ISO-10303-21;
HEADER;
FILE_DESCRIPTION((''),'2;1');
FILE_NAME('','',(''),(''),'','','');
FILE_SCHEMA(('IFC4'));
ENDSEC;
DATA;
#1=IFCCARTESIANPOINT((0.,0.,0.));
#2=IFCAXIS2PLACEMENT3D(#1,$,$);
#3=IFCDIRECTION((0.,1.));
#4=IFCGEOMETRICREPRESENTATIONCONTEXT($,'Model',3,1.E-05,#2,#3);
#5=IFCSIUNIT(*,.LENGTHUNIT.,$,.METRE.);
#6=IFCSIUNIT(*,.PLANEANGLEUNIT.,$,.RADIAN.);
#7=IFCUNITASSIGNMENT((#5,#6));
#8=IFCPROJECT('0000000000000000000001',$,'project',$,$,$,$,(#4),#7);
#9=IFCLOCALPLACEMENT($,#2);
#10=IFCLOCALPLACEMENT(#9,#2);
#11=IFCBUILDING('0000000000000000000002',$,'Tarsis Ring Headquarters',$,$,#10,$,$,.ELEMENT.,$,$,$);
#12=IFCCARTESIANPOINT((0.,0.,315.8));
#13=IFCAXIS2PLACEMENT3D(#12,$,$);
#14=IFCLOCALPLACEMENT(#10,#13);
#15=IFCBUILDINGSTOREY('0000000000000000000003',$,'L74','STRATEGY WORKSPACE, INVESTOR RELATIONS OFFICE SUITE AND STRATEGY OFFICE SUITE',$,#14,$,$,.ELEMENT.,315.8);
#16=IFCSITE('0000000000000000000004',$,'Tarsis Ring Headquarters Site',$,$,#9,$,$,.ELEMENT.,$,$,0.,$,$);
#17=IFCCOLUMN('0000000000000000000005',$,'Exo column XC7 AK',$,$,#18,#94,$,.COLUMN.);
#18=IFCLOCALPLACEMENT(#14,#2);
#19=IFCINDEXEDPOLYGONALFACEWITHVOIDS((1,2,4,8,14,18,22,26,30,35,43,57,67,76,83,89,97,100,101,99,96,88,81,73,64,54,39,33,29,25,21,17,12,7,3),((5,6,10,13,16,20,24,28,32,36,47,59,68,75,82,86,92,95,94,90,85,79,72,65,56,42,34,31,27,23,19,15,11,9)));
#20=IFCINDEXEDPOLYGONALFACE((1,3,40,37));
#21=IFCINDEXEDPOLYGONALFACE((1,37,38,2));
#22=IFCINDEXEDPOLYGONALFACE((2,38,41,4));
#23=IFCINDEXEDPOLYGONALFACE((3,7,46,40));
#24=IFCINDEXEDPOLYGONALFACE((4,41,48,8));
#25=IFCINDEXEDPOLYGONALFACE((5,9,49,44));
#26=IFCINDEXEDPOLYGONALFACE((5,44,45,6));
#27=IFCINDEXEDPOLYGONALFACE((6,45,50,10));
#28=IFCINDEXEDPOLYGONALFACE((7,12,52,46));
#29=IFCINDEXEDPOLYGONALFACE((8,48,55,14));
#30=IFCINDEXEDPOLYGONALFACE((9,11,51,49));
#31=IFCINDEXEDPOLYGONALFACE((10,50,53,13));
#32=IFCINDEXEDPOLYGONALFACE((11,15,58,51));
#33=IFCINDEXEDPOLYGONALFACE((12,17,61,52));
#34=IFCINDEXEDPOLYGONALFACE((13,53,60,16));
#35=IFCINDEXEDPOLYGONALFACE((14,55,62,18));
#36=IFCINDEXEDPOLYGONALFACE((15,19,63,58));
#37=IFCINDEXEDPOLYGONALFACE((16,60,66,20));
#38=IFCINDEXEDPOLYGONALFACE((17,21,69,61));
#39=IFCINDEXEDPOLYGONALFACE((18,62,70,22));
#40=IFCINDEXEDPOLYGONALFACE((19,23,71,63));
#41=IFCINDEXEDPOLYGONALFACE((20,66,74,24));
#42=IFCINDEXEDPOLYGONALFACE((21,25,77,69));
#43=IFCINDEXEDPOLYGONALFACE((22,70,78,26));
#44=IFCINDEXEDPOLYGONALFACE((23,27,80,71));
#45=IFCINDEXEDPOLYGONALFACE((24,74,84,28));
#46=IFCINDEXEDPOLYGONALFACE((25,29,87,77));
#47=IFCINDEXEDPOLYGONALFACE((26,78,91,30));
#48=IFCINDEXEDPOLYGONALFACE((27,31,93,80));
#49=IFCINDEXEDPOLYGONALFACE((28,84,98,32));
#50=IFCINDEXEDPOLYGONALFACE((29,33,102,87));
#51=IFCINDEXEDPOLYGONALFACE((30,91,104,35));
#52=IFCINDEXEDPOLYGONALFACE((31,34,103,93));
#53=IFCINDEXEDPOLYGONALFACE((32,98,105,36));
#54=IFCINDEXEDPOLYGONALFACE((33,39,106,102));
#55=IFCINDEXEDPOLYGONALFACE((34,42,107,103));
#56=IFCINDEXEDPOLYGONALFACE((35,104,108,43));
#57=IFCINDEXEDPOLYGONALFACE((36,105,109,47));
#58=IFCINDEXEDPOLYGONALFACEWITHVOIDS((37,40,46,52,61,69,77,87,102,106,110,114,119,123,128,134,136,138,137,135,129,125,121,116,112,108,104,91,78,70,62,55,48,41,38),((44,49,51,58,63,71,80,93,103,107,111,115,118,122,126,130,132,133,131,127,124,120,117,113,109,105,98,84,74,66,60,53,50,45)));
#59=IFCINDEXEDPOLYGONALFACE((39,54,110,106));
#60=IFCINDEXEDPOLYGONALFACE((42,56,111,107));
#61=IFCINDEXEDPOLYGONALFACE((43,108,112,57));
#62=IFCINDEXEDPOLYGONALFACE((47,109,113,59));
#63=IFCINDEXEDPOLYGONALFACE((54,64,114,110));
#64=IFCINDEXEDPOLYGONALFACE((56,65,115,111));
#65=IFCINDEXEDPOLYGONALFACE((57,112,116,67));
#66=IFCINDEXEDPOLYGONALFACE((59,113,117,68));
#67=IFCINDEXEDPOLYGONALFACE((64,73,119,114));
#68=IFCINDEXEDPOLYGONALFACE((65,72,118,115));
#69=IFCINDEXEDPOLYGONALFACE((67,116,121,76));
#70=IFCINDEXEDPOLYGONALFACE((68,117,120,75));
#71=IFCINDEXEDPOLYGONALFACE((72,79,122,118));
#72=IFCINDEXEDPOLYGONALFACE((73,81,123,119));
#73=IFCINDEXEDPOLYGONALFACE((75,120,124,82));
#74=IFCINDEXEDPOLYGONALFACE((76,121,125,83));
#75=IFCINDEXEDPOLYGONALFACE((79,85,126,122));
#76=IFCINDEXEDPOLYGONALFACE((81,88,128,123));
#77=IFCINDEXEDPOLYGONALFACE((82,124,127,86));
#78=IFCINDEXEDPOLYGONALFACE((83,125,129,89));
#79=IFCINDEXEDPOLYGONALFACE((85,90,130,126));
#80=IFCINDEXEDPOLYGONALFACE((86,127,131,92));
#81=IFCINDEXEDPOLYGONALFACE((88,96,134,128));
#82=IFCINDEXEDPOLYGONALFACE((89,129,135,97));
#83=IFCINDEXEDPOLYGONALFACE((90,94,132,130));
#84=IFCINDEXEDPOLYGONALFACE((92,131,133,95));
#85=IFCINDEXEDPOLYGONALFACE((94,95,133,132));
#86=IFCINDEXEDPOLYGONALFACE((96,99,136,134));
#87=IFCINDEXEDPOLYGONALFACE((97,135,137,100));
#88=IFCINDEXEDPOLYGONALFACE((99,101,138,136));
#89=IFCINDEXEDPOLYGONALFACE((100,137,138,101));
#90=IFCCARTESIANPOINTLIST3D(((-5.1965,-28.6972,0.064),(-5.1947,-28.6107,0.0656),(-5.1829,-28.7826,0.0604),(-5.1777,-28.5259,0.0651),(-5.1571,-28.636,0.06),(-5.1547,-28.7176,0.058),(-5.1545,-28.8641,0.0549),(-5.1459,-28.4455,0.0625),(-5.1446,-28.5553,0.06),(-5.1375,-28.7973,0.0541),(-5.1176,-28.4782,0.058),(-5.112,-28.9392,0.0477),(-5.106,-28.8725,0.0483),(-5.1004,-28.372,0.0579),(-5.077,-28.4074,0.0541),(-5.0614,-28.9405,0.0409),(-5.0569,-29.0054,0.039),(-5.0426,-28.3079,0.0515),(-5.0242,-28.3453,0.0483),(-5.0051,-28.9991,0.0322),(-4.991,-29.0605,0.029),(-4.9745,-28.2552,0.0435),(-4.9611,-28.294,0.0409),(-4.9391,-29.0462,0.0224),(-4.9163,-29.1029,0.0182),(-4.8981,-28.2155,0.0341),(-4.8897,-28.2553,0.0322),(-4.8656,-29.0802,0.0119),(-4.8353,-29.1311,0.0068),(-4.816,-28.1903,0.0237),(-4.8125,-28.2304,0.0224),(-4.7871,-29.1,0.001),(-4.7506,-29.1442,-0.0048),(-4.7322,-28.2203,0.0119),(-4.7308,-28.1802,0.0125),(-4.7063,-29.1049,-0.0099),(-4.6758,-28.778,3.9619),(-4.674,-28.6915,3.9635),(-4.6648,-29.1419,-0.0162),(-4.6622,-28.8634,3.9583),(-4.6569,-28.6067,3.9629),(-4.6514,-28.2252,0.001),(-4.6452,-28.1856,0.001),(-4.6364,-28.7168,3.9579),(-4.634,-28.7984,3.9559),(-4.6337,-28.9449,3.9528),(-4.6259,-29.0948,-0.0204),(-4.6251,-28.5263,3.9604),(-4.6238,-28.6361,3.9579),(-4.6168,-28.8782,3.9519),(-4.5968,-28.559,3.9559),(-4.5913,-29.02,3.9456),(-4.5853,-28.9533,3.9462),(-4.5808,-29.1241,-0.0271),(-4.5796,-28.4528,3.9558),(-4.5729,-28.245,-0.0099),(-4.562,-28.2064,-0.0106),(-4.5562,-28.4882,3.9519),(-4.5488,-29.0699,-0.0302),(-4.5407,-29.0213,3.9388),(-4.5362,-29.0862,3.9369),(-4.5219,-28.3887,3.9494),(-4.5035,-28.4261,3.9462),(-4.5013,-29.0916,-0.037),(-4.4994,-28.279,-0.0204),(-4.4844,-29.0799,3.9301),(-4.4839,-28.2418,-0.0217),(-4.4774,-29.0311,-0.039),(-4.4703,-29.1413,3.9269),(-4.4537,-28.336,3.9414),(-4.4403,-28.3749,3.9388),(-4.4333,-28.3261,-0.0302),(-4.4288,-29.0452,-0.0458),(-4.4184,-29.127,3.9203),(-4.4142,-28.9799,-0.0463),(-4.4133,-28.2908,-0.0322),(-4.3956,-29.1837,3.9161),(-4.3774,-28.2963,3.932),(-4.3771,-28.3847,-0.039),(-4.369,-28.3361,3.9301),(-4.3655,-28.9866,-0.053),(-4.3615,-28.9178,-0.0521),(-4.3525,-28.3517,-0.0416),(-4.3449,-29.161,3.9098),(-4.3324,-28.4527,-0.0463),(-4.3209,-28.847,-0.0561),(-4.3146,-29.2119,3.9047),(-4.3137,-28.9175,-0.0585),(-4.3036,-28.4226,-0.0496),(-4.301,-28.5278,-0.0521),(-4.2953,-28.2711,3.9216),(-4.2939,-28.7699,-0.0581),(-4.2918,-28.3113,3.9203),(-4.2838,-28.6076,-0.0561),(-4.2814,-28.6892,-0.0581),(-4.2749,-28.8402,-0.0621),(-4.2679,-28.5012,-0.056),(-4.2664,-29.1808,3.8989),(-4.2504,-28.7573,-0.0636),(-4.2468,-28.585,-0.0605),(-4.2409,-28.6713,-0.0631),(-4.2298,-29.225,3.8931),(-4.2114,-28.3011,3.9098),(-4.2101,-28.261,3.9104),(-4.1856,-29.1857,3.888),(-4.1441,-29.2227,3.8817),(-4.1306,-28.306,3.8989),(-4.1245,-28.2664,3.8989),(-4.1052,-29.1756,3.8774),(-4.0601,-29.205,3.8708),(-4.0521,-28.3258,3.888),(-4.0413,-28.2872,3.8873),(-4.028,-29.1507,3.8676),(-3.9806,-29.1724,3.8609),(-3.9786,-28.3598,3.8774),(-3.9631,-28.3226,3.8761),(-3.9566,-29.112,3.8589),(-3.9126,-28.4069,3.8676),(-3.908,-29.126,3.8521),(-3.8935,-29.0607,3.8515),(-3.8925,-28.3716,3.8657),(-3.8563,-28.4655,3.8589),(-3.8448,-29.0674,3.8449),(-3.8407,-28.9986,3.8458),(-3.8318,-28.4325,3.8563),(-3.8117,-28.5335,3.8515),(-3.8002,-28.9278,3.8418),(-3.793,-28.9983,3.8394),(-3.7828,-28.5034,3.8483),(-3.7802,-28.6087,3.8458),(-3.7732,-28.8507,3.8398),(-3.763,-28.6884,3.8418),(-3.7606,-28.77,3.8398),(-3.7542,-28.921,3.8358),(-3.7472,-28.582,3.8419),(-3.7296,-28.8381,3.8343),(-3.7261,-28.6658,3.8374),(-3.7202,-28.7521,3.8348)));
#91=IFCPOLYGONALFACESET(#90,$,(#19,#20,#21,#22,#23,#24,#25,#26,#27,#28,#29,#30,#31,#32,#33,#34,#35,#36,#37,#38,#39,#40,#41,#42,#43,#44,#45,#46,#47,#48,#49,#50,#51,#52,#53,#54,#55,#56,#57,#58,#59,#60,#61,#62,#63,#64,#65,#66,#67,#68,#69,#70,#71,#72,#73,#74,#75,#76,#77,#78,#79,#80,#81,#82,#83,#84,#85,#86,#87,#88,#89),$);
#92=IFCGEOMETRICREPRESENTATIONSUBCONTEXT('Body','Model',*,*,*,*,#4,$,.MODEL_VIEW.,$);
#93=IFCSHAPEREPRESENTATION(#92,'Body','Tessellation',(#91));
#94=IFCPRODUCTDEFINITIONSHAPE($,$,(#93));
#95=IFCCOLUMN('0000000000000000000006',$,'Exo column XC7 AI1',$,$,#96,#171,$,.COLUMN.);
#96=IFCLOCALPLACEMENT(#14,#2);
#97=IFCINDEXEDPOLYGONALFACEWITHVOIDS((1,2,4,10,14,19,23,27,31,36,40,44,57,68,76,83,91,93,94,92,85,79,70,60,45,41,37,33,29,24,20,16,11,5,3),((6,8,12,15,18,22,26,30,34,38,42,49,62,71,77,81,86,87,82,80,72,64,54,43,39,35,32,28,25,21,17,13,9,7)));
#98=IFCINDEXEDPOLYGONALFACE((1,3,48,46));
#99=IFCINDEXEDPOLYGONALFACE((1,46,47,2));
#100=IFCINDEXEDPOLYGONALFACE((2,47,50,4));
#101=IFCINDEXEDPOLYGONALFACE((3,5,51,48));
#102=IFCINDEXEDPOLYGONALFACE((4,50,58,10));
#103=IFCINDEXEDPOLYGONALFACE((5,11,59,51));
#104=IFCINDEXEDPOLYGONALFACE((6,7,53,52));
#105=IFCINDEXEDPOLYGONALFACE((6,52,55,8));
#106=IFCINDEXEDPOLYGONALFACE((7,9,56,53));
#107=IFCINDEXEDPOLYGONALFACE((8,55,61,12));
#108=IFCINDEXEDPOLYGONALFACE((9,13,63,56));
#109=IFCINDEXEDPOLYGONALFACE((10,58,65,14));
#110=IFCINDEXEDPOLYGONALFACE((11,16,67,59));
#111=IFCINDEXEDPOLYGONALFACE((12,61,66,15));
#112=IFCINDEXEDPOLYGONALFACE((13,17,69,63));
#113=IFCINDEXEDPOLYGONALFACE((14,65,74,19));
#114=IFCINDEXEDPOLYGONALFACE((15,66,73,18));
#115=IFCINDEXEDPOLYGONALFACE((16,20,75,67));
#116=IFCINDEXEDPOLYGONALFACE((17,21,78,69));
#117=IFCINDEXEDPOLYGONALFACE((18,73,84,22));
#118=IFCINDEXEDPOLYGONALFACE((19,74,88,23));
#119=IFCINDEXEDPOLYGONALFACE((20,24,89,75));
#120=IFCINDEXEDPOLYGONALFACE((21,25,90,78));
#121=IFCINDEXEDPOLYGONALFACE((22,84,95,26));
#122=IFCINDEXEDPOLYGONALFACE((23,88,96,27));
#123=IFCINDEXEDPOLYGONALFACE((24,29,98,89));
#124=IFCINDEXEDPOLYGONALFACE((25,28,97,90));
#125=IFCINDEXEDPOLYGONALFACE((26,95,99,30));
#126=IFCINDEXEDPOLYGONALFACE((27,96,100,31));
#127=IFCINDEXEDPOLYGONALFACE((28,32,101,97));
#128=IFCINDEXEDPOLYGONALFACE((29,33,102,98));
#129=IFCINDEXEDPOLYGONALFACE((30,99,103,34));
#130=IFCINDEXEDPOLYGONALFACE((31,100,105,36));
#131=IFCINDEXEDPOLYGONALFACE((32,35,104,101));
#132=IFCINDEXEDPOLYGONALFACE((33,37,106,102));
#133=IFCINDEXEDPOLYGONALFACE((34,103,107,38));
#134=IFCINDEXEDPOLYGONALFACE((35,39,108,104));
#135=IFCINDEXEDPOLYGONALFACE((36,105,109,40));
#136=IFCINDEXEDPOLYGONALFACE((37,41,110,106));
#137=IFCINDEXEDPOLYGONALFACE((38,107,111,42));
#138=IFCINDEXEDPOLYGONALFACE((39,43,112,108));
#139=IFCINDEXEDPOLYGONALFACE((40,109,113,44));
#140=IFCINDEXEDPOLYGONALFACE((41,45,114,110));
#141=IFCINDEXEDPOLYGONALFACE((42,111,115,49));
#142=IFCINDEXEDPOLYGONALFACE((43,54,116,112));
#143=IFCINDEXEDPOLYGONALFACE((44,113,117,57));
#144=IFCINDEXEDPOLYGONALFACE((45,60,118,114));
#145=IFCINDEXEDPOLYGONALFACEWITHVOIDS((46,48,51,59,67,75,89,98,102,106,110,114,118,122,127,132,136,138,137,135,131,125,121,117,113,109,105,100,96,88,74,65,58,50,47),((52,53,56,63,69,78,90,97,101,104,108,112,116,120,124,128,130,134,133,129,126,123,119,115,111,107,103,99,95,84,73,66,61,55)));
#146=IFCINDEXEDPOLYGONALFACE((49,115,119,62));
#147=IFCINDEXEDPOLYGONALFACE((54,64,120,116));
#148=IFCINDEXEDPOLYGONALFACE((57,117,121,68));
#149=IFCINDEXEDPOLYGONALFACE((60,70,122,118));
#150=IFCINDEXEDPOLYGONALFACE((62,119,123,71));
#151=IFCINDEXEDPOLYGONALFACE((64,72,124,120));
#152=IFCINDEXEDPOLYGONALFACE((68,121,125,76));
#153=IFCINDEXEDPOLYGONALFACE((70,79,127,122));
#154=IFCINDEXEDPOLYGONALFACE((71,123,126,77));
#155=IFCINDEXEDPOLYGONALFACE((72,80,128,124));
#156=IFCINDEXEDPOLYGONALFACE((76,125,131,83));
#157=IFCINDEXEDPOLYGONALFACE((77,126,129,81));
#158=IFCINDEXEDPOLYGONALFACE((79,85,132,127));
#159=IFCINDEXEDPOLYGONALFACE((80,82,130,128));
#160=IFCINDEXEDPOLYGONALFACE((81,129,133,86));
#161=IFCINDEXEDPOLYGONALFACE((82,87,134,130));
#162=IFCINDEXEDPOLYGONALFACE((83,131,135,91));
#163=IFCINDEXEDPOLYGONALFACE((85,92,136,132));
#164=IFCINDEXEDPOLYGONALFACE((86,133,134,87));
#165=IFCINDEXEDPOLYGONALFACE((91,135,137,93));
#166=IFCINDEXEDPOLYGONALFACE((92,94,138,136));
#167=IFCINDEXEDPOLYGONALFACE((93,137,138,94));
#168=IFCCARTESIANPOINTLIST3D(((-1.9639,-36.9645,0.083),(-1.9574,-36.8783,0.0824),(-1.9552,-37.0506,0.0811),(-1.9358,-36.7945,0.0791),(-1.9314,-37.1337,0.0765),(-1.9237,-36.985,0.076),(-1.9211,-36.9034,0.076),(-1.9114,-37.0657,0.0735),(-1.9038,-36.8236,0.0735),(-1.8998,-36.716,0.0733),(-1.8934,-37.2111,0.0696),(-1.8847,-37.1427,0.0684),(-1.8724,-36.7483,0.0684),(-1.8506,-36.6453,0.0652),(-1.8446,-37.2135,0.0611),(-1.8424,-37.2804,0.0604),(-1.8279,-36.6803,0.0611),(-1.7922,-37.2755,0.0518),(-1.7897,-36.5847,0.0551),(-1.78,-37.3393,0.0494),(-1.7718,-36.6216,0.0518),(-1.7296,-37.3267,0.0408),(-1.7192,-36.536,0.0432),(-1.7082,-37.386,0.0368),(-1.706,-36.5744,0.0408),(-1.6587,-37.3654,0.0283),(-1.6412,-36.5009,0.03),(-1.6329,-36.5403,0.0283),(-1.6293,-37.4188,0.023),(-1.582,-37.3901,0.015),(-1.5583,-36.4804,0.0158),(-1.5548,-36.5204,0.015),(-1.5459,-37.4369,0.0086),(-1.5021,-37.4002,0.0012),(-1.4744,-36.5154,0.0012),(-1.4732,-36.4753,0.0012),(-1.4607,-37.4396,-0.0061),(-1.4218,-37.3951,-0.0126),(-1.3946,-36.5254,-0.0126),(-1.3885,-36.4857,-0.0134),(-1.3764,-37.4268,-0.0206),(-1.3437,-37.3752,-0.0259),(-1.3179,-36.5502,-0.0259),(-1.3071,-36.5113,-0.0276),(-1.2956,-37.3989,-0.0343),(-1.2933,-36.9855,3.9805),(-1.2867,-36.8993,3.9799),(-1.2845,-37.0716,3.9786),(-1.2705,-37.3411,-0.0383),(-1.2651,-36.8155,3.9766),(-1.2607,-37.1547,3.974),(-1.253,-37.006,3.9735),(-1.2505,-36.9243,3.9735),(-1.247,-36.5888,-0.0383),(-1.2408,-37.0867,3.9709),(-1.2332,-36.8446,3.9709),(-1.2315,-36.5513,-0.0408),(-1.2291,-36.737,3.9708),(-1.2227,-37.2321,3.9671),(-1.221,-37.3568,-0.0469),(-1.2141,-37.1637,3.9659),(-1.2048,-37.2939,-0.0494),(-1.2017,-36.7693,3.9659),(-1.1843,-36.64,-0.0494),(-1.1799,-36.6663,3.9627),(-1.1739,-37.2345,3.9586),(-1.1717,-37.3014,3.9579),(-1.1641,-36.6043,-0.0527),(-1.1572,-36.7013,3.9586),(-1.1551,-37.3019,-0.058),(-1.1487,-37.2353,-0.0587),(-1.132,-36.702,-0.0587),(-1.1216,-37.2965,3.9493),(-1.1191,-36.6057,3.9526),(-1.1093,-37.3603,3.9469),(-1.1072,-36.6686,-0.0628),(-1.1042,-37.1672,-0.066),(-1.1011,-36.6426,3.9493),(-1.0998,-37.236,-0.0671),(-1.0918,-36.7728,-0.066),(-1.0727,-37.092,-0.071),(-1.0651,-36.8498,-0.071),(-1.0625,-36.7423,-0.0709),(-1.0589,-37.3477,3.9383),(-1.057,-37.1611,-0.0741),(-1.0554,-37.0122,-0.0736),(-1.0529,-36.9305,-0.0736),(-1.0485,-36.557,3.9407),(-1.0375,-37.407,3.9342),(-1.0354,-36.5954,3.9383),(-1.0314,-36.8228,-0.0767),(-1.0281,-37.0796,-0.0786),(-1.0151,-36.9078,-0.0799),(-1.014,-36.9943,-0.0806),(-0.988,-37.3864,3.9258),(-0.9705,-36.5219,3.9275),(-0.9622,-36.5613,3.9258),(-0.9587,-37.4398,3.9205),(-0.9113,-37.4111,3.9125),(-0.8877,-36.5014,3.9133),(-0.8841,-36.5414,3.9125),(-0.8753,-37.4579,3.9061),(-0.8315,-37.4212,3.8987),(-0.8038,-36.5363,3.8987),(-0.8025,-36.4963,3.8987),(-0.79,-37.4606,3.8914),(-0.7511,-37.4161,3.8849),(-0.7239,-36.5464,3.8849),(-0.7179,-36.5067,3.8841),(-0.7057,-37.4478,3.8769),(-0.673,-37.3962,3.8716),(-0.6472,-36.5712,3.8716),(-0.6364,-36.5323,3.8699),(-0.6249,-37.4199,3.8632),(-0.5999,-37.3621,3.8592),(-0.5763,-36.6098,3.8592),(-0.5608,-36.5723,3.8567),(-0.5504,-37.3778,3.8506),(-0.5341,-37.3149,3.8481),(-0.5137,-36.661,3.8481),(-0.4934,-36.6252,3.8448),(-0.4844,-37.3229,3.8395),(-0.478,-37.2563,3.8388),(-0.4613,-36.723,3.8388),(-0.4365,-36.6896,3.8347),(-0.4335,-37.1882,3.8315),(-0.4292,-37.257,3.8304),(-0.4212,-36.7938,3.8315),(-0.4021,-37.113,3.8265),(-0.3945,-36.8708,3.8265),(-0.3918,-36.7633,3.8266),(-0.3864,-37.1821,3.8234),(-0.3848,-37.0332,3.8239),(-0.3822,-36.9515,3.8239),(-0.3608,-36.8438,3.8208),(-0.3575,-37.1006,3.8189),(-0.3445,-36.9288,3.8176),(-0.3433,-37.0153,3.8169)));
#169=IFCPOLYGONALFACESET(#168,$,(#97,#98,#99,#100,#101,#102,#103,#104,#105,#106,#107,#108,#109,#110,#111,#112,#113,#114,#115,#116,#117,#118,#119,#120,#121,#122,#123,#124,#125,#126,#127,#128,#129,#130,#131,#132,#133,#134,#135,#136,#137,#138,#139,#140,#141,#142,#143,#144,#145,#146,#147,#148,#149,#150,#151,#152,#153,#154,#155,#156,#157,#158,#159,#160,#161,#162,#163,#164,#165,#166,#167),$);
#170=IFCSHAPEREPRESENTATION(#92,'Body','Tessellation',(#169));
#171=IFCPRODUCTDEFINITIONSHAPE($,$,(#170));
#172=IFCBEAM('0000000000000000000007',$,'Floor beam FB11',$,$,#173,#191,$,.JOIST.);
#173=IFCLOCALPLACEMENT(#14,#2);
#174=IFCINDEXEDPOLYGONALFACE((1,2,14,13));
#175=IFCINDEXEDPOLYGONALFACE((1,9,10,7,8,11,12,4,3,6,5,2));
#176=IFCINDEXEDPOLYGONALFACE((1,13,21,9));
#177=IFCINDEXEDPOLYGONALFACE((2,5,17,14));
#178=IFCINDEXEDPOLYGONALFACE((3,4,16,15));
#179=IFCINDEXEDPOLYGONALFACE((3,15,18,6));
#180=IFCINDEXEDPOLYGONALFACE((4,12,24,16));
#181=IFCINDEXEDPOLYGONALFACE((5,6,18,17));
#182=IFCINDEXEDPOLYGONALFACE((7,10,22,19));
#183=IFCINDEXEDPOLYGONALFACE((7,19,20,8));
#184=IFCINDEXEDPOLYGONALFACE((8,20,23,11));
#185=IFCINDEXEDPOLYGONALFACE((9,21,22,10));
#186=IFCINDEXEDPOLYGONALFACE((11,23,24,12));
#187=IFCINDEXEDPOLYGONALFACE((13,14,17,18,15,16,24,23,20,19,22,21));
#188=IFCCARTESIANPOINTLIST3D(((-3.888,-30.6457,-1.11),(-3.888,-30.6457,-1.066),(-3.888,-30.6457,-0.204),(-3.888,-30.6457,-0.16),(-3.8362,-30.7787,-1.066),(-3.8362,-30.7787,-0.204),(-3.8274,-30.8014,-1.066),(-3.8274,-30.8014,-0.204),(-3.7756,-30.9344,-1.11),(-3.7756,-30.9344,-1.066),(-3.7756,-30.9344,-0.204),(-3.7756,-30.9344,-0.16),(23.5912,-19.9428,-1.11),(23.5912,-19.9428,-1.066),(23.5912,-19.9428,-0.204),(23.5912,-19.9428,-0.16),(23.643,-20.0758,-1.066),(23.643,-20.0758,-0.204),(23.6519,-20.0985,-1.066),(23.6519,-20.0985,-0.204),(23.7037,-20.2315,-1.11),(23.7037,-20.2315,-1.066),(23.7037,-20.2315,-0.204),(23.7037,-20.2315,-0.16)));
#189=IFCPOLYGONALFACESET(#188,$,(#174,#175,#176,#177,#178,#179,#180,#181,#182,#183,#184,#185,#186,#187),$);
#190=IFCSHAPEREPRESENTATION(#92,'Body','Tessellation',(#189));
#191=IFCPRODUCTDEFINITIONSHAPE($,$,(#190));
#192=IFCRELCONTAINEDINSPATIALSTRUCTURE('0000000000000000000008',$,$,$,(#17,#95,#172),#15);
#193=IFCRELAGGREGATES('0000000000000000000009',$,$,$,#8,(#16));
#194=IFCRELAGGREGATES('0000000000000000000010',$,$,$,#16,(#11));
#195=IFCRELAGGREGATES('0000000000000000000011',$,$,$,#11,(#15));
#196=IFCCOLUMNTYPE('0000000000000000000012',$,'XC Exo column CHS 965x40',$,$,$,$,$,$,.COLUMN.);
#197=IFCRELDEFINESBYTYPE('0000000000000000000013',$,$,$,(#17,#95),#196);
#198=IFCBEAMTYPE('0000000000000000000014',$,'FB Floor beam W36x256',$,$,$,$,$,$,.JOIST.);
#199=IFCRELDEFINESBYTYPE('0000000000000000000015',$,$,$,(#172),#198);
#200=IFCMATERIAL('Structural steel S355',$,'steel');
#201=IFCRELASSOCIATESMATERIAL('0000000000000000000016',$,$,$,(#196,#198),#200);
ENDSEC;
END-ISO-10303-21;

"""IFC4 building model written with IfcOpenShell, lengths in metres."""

from ifc_helpers import new_model, si_unit, direction, frame, origin, origin_2d, place, context, subcontext, project, spatial, hollow_circle, i_section, extrude, material, material_profile, profile_set, type_object, element, save


model = new_model("IFC4")

# Units and contexts
model_context = context("Model", 3, precision=1e-05, world=origin(), true_north=direction((0.0, 1.0)))
body_context = subcontext(model_context, "Body", "Model", "MODEL_VIEW")
ifc_project = project(units=[si_unit("LENGTHUNIT", "METRE"), si_unit("PLANEANGLEUNIT", "RADIAN")], contexts=[model_context])

# Site, building, storey
site_placement = place(None, origin())
site = spatial("IfcSite", under=ifc_project, at=site_placement, Name="Tarsis Ring Headquarters Site", CompositionType="ELEMENT", RefElevation=0.0)
building_placement = place(site_placement, origin())
building = spatial("IfcBuilding", under=site, at=building_placement, Name="Tarsis Ring Headquarters", CompositionType="ELEMENT")
storey_placement = place(building_placement, frame((0.0, 0.0, 315.8)))
storey = spatial("IfcBuildingStorey", under=building, at=storey_placement, Name="L74", Description="STRATEGY WORKSPACE, INVESTOR RELATIONS OFFICE SUITE AND STRATEGY OFFICE SUITE", CompositionType="ELEMENT", Elevation=315.8)

# Columns
ifc_material_1 = material(Name="Structural steel S355", Category="steel")
ifc_material_profile_1 = material_profile(ifc_material_1, hollow_circle(Radius=0.4827, WallThickness=0.04, at=origin_2d()), Name="CHS 965x40")
ifc_profile_set_1 = profile_set([ifc_material_profile_1], Name="Structural steel S355")
column_type = type_object("IfcColumnType", Name="XC Exo column CHS 965x40", PredefinedType="COLUMN", material=ifc_profile_set_1)
column_1_placement = place(storey_placement, frame((-4.7192, -28.6626, 0.001), z_axis=(0.132392, -0.020545, 0.990985), x_axis=(0.153345, 0.988173, 0.0)))
element("IfcColumn", 1, at=column_1_placement, inside=storey, type_object=column_type, Name="Exo column XC7 AK", PredefinedType="COLUMN", context=body_context, shape_type="SweptSolid", body=[
    extrude(hollow_circle(Radius=0.4827, WallThickness=0.04, at=origin_2d()), origin(), (0.0, 0.0, 1.0), 3.9333),
])
column_2_placement = place(storey_placement, frame((-1.4883, -36.9578, 0.0012), z_axis=(0.16958, -0.005309, 0.985502), x_axis=(0.031292, 0.99951, 0.0)))
element("IfcColumn", 2, at=column_2_placement, inside=storey, type_object=column_type, Name="Exo column XC7 AI1", PredefinedType="COLUMN", context=body_context, shape_type="SweptSolid", body=[
    extrude(hollow_circle(Radius=0.4827, WallThickness=0.04, at=origin_2d()), origin(), (0.0, 0.0, 1.0), 3.9548),
])

# Beam
ifc_material_profile_2 = material_profile(ifc_material_1, i_section(OverallWidth=0.3098, OverallDepth=0.95, WebThickness=0.0244, FlangeThickness=0.0439, at=origin_2d()), Name="W36x256")
ifc_profile_set_2 = profile_set([ifc_material_profile_2], Name="Structural steel S355")
beam_type_1 = type_object("IfcBeamType", Name="FB Floor beam W36x256", PredefinedType="JOIST", material=ifc_profile_set_2)
beam_1_placement = place(storey_placement, frame((-3.8318, -30.79, -0.635), z_axis=(0.931815, 0.362932, 0.0), x_axis=(-0.362932, 0.931815, 0.0)))
element("IfcBeam", 3, at=beam_1_placement, inside=storey, type_object=beam_type_1, Name="Floor beam FB11", PredefinedType="JOIST", context=body_context, shape_type="SweptSolid", body=[
    extrude(i_section(OverallWidth=0.3098, OverallDepth=0.95, WebThickness=0.0244, FlangeThickness=0.0439, at=origin_2d()), origin(), (0.0, 0.0, 1.0), 29.49),
])

save(model, "model.ifc")
